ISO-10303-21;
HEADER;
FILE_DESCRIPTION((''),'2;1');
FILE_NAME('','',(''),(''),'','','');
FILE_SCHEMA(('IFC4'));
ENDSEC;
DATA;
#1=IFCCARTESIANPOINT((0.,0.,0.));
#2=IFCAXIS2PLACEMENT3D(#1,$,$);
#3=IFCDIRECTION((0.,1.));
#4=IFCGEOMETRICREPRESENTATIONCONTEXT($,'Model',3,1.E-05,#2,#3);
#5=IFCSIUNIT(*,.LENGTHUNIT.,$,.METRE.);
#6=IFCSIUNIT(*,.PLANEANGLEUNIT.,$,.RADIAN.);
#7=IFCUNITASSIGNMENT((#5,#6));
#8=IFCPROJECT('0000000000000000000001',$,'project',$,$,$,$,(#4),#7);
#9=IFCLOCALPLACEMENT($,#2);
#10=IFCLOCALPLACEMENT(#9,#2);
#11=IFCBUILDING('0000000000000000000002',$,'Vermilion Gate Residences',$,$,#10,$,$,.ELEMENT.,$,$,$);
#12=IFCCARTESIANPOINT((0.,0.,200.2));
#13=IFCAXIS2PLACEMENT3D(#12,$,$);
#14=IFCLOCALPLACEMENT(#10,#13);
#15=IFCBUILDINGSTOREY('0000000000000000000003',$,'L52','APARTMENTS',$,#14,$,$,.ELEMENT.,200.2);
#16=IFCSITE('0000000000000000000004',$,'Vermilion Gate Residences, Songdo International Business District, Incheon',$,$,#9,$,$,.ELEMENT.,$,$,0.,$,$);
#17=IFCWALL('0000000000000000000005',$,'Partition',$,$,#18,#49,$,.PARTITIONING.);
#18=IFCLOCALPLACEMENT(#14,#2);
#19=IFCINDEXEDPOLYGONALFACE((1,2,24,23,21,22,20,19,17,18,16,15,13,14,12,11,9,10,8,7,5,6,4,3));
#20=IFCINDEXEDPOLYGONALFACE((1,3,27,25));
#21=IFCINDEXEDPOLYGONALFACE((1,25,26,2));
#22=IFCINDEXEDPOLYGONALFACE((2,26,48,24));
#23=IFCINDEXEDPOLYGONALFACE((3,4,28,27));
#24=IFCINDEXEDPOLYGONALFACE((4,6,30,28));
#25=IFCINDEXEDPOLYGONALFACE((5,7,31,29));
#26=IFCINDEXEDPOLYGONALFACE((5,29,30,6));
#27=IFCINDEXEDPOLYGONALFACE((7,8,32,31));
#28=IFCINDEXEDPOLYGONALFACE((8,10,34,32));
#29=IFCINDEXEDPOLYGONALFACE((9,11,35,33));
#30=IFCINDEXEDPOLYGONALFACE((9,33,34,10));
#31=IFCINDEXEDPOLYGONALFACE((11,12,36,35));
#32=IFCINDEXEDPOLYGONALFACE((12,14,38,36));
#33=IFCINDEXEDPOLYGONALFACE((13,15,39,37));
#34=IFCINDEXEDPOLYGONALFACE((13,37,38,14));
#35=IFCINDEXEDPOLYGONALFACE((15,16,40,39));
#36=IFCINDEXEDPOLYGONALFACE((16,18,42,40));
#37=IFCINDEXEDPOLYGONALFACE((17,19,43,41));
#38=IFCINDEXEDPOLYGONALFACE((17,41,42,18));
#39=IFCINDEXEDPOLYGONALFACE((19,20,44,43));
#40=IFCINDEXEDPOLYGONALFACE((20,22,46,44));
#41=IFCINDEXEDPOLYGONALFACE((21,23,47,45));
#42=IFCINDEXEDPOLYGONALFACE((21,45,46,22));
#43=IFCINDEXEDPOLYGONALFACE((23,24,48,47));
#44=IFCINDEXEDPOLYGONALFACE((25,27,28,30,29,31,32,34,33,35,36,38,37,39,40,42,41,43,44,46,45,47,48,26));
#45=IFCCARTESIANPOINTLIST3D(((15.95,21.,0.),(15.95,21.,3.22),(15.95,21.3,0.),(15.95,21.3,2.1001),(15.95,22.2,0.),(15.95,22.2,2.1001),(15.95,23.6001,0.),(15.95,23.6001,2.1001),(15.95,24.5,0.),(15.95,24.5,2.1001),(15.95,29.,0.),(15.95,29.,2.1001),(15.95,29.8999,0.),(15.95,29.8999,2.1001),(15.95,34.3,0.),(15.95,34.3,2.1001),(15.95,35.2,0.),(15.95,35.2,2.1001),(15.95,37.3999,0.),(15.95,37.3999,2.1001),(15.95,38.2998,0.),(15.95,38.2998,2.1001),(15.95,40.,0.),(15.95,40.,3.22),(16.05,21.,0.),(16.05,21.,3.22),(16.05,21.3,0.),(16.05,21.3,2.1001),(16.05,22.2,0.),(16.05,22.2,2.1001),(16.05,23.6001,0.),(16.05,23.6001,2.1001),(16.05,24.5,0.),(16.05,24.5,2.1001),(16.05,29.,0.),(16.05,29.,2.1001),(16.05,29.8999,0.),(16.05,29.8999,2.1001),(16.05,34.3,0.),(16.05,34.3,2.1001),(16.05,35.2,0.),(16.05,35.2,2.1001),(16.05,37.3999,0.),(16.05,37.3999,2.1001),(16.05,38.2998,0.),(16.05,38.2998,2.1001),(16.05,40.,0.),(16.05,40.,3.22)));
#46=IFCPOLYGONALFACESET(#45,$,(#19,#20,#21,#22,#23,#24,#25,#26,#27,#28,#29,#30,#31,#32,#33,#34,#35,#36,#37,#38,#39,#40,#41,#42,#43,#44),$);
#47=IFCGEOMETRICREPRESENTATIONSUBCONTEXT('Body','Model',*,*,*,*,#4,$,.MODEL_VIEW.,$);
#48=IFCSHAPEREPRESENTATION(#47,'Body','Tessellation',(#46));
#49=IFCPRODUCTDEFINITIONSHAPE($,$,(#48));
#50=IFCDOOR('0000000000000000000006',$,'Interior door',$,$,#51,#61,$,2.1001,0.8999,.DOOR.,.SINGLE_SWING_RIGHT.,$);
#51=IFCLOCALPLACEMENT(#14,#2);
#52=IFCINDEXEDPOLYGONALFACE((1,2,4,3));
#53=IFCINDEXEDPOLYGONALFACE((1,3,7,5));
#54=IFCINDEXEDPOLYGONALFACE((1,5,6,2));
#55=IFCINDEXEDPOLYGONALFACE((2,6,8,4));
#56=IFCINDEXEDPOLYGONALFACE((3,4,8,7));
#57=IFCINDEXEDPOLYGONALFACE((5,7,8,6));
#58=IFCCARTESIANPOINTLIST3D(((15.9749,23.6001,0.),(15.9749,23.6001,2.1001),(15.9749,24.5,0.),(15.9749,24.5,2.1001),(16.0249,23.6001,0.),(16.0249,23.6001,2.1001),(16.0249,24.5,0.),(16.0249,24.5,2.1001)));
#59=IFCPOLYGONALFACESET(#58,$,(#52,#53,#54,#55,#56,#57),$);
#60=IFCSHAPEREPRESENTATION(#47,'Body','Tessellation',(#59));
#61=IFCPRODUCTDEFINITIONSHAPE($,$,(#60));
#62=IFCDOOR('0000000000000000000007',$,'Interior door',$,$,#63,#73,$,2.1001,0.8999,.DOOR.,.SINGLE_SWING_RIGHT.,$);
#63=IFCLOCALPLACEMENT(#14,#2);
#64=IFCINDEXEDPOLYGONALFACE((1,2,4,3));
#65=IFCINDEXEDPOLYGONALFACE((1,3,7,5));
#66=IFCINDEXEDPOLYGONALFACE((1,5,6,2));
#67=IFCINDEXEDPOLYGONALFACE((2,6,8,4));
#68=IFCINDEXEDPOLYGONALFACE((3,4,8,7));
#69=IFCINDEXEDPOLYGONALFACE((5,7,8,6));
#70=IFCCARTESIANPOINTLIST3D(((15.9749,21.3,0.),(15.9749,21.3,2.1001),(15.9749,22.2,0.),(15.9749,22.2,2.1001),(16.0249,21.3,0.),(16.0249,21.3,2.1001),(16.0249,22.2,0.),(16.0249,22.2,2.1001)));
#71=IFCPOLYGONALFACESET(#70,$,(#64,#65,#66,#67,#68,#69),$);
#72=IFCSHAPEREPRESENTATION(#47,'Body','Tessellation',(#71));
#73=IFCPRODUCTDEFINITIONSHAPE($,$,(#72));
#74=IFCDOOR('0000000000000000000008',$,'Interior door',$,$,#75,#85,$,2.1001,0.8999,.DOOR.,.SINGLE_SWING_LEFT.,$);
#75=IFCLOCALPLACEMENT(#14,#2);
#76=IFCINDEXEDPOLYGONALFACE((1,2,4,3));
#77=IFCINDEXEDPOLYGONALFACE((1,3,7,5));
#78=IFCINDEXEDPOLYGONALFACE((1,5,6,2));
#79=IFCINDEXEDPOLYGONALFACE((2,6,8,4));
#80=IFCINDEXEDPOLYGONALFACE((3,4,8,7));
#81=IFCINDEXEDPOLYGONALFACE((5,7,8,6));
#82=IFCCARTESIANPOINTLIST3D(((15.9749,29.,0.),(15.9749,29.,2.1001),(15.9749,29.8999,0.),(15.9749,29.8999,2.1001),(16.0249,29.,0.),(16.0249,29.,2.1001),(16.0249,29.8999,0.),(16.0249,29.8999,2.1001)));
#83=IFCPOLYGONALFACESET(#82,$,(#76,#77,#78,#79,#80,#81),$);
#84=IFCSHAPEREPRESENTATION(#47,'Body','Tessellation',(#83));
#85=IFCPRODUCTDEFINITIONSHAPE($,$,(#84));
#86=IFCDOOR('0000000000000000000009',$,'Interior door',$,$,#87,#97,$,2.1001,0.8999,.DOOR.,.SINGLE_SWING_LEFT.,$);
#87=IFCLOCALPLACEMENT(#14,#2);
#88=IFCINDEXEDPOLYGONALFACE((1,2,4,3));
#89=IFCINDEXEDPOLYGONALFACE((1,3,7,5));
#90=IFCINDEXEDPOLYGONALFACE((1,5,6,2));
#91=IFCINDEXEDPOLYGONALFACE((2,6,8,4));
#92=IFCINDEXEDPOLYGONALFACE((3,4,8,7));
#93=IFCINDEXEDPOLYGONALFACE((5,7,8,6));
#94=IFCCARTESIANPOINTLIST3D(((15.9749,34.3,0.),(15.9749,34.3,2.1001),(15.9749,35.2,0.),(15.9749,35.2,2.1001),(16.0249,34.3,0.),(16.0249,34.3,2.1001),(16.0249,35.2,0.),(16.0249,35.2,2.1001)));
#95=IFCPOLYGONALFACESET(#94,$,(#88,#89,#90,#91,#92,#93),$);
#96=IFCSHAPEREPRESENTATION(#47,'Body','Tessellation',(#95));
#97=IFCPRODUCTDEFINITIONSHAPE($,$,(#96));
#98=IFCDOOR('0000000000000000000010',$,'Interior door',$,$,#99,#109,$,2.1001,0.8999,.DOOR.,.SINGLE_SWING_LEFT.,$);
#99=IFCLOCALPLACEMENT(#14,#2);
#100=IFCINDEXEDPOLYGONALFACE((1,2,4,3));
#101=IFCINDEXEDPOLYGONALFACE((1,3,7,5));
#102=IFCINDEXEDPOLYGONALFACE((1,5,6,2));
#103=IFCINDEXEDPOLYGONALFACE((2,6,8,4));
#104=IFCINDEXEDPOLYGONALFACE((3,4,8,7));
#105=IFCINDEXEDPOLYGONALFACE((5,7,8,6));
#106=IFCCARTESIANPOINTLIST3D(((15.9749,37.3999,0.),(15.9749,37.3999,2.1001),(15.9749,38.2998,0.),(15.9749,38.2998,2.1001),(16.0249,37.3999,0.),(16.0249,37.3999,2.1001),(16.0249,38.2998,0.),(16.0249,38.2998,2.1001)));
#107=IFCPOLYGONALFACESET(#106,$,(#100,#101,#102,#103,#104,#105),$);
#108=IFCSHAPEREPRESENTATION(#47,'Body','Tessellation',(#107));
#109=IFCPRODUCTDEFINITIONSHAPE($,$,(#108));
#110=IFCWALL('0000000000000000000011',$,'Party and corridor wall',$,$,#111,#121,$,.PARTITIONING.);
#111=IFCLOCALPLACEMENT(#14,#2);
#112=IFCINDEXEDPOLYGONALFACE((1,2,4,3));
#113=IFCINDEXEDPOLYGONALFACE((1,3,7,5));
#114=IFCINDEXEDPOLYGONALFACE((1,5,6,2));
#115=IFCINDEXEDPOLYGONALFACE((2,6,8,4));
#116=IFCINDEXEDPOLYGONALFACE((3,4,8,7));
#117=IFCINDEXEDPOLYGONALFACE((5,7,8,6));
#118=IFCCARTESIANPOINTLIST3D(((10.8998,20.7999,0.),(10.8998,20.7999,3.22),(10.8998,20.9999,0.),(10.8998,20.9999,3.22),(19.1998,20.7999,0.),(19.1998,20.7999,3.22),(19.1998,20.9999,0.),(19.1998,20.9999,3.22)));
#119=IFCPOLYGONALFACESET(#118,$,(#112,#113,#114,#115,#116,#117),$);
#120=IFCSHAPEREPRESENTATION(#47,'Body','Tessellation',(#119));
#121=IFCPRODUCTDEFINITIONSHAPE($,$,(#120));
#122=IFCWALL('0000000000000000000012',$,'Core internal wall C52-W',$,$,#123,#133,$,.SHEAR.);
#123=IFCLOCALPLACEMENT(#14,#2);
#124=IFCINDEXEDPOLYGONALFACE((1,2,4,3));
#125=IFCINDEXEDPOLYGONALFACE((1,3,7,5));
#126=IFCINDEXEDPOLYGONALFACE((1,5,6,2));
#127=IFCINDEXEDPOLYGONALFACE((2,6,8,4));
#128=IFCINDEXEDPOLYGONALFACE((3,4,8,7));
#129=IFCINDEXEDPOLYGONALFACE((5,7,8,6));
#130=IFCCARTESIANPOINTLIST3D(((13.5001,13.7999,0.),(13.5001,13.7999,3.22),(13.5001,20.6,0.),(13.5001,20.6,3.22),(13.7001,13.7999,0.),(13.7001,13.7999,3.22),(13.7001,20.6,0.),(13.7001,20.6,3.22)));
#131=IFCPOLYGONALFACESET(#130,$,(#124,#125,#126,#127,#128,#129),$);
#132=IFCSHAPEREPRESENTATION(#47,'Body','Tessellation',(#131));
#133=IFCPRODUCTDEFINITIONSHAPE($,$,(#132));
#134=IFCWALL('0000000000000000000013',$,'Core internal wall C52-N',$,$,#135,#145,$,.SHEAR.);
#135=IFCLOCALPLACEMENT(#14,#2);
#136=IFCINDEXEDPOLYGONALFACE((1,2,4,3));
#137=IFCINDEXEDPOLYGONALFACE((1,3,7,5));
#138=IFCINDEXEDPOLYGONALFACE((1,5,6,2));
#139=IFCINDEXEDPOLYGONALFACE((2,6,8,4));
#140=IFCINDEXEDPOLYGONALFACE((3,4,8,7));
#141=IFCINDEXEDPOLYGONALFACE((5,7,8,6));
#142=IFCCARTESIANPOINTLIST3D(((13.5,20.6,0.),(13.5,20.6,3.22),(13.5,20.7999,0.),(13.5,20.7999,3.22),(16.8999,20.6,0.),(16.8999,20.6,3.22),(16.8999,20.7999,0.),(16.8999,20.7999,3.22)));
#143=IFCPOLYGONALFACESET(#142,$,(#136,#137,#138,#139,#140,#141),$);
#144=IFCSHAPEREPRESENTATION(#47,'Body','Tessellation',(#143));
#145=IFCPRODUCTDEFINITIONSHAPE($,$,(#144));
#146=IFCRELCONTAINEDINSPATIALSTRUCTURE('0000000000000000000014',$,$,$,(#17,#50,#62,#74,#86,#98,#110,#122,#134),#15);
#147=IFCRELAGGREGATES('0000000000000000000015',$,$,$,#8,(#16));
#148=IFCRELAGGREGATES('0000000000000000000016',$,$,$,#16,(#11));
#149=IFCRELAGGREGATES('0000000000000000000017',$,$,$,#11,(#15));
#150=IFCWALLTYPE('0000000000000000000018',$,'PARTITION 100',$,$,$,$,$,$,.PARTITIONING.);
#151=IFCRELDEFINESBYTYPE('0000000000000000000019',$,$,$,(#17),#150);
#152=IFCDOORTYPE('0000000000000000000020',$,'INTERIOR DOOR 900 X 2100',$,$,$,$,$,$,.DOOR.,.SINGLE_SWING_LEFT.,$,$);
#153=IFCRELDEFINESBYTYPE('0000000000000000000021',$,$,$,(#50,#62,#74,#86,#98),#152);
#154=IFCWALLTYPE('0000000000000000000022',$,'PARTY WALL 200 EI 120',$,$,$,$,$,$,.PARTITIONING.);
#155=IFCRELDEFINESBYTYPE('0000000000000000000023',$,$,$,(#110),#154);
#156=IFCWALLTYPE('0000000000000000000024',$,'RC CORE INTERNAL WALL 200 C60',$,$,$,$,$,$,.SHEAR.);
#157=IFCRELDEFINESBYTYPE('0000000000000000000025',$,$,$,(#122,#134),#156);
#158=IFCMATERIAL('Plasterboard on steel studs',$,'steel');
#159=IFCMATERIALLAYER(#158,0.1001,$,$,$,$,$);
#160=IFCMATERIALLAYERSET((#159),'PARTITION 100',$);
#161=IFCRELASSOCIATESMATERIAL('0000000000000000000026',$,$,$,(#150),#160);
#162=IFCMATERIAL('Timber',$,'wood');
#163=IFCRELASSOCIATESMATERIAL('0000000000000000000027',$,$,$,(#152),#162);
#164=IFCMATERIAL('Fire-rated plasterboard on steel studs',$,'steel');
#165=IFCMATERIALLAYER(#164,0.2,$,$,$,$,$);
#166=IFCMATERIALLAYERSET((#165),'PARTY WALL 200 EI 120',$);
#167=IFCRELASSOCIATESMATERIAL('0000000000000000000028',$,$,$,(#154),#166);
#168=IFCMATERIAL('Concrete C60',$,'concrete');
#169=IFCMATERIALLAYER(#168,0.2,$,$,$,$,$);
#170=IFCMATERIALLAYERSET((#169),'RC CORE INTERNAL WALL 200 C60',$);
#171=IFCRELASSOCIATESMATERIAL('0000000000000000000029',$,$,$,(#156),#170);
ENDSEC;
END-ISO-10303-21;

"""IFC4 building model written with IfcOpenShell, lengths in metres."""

from ifc_helpers import new_model, si_unit, direction, frame, frame_2d, origin, place, context, subcontext, project, spatial, rectangle, extrude, material, layer, layer_set, type_object, element, fill, save


model = new_model("IFC4")

# Units and contexts
model_context = context("Model", 3, precision=1e-05, world=origin(), true_north=direction((0.0, 1.0)))
body_context = subcontext(model_context, "Body", "Model", "MODEL_VIEW")
ifc_project = project(units=[si_unit("LENGTHUNIT", "METRE"), si_unit("PLANEANGLEUNIT", "RADIAN")], contexts=[model_context])

# Site, building, storey
site_placement = place(None, origin())
site = spatial("IfcSite", under=ifc_project, at=site_placement, Name="Vermilion Gate Residences, Songdo International Business District, Incheon", CompositionType="ELEMENT", RefElevation=0.0)
building_placement = place(site_placement, origin())
building = spatial("IfcBuilding", under=site, at=building_placement, Name="Vermilion Gate Residences", CompositionType="ELEMENT")
storey_placement = place(building_placement, frame((0.0, 0.0, 200.2)))
storey = spatial("IfcBuildingStorey", under=building, at=storey_placement, Name="L52", Description="APARTMENTS", CompositionType="ELEMENT", Elevation=200.2)

# Wall, openings, doors
ifc_material_1 = material(Name="Plasterboard on steel studs", Category="steel")
ifc_layer_1 = layer(ifc_material_1, 0.1001)
ifc_layer_set_1 = layer_set([ifc_layer_1], Name="PARTITION 100")
wall_type_1 = type_object("IfcWallType", Name="PARTITION 100", PredefinedType="PARTITIONING", material=ifc_layer_set_1)
ifc_material_2 = material(Name="Timber", Category="wood")
door_type_1 = type_object("IfcDoorType", Name="INTERIOR DOOR 900 X 2100", OperationType="SINGLE_SWING_LEFT", PredefinedType="DOOR", material=ifc_material_2)
wall_1_placement = place(storey_placement, frame((16.0, 21.0, 0.0), z_axis=(0.0, 0.0, 1.0), x_axis=(0.0, 1.0, 0.0)))
wall_1 = element("IfcWall", 1, at=wall_1_placement, inside=storey, type_object=wall_type_1, Name="Partition", PredefinedType="PARTITIONING", context=body_context, shape_type="SweptSolid", body=[
    extrude(rectangle(XDim=19.0, YDim=0.1001, at=frame_2d((9.5, 0.0))), origin(), (0.0, 0.0, 1.0), 3.22),
])
opening_1_placement = place(wall_1_placement, frame((2.6001, 0.0, 0.0)))
opening_1 = element("IfcOpeningElement", 2, at=opening_1_placement, cuts=wall_1, PredefinedType="OPENING", context=body_context, shape_type="SweptSolid", body=[
    extrude(rectangle(XDim=0.8999, YDim=2.1001, at=frame_2d((0.45, 1.05))), frame((0.0, 0.0601, 0.0), z_axis=(0.0, -1.0, 0.0), x_axis=(1.0, 0.0, 0.0)), (0.0, 0.0, 1.0), 0.1201),
])
opening_2_placement = place(wall_1_placement, frame((0.3, 0.0, 0.0)))
opening_2 = element("IfcOpeningElement", 3, at=opening_2_placement, cuts=wall_1, PredefinedType="OPENING", context=body_context, shape_type="SweptSolid", body=[
    extrude(rectangle(XDim=0.8999, YDim=2.1001, at=frame_2d((0.45, 1.05))), frame((0.0, 0.0601, 0.0), z_axis=(0.0, -1.0, 0.0), x_axis=(1.0, 0.0, 0.0)), (0.0, 0.0, 1.0), 0.1201),
])
opening_3_placement = place(wall_1_placement, frame((8.0, 0.0, 0.0)))
opening_3 = element("IfcOpeningElement", 4, at=opening_3_placement, cuts=wall_1, PredefinedType="OPENING", context=body_context, shape_type="SweptSolid", body=[
    extrude(rectangle(XDim=0.8999, YDim=2.1001, at=frame_2d((0.45, 1.05))), frame((0.0, 0.0601, 0.0), z_axis=(0.0, -1.0, 0.0), x_axis=(1.0, 0.0, 0.0)), (0.0, 0.0, 1.0), 0.1201),
])
opening_4_placement = place(wall_1_placement, frame((13.3, 0.0, 0.0)))
opening_4 = element("IfcOpeningElement", 5, at=opening_4_placement, cuts=wall_1, PredefinedType="OPENING", context=body_context, shape_type="SweptSolid", body=[
    extrude(rectangle(XDim=0.8999, YDim=2.1001, at=frame_2d((0.45, 1.05))), frame((0.0, 0.0601, 0.0), z_axis=(0.0, -1.0, 0.0), x_axis=(1.0, 0.0, 0.0)), (0.0, 0.0, 1.0), 0.1201),
])
opening_5_placement = place(wall_1_placement, frame((16.3999, 0.0, 0.0)))
opening_5 = element("IfcOpeningElement", 6, at=opening_5_placement, cuts=wall_1, PredefinedType="OPENING", context=body_context, shape_type="SweptSolid", body=[
    extrude(rectangle(XDim=0.8999, YDim=2.1001, at=frame_2d((0.45, 1.05))), frame((0.0, 0.0601, 0.0), z_axis=(0.0, -1.0, 0.0), x_axis=(1.0, 0.0, 0.0)), (0.0, 0.0, 1.0), 0.1201),
])
door_1_placement = place(opening_1_placement, frame((0.8999, 0.0, 0.0), z_axis=(0.0, 0.0, 1.0), x_axis=(-1.0, 0.0, 0.0)))
door_1 = element("IfcDoor", 7, at=door_1_placement, inside=storey, type_object=door_type_1, Name="Interior door", OperationType="SINGLE_SWING_RIGHT", OverallHeight=2.1001, OverallWidth=0.8999, PredefinedType="DOOR", context=body_context, shape_type="SweptSolid", body=[
    extrude(rectangle(XDim=0.8999, YDim=2.1001, at=frame_2d((0.45, 1.05))), frame((0.0, 0.0249, 0.0), z_axis=(0.0, -1.0, 0.0), x_axis=(1.0, 0.0, 0.0)), (0.0, 0.0, 1.0), 0.05),
])
fill(opening_1, door_1)
door_2_placement = place(opening_2_placement, frame((0.8999, 0.0, 0.0), z_axis=(0.0, 0.0, 1.0), x_axis=(-1.0, 0.0, 0.0)))
door_2 = element("IfcDoor", 8, at=door_2_placement, inside=storey, type_object=door_type_1, Name="Interior door", OperationType="SINGLE_SWING_RIGHT", OverallHeight=2.1001, OverallWidth=0.8999, PredefinedType="DOOR", context=body_context, shape_type="SweptSolid", body=[
    extrude(rectangle(XDim=0.8999, YDim=2.1001, at=frame_2d((0.45, 1.05))), frame((0.0, 0.0249, 0.0), z_axis=(0.0, -1.0, 0.0), x_axis=(1.0, 0.0, 0.0)), (0.0, 0.0, 1.0), 0.05),
])
fill(opening_2, door_2)
door_3_placement = place(opening_3_placement, frame((0.8999, 0.0, 0.0), z_axis=(0.0, 0.0, 1.0), x_axis=(-1.0, 0.0, 0.0)))
door_3 = element("IfcDoor", 9, at=door_3_placement, inside=storey, type_object=door_type_1, Name="Interior door", OperationType="SINGLE_SWING_LEFT", OverallHeight=2.1001, OverallWidth=0.8999, PredefinedType="DOOR", context=body_context, shape_type="SweptSolid", body=[
    extrude(rectangle(XDim=0.8999, YDim=2.1001, at=frame_2d((0.45, 1.05))), frame((0.0, 0.0249, 0.0), z_axis=(0.0, -1.0, 0.0), x_axis=(1.0, 0.0, 0.0)), (0.0, 0.0, 1.0), 0.05),
])
fill(opening_3, door_3)
door_4_placement = place(opening_4_placement, frame((0.8999, 0.0, 0.0), z_axis=(0.0, 0.0, 1.0), x_axis=(-1.0, 0.0, 0.0)))
door_4 = element("IfcDoor", 10, at=door_4_placement, inside=storey, type_object=door_type_1, Name="Interior door", OperationType="SINGLE_SWING_LEFT", OverallHeight=2.1001, OverallWidth=0.8999, PredefinedType="DOOR", context=body_context, shape_type="SweptSolid", body=[
    extrude(rectangle(XDim=0.8999, YDim=2.1001, at=frame_2d((0.45, 1.05))), frame((0.0, 0.0249, 0.0), z_axis=(0.0, -1.0, 0.0), x_axis=(1.0, 0.0, 0.0)), (0.0, 0.0, 1.0), 0.05),
])
fill(opening_4, door_4)
door_5_placement = place(opening_5_placement, frame((0.8999, 0.0, 0.0), z_axis=(0.0, 0.0, 1.0), x_axis=(-1.0, 0.0, 0.0)))
door_5 = element("IfcDoor", 11, at=door_5_placement, inside=storey, type_object=door_type_1, Name="Interior door", OperationType="SINGLE_SWING_LEFT", OverallHeight=2.1001, OverallWidth=0.8999, PredefinedType="DOOR", context=body_context, shape_type="SweptSolid", body=[
    extrude(rectangle(XDim=0.8999, YDim=2.1001, at=frame_2d((0.45, 1.05))), frame((0.0, 0.0249, 0.0), z_axis=(0.0, -1.0, 0.0), x_axis=(1.0, 0.0, 0.0)), (0.0, 0.0, 1.0), 0.05),
])
fill(opening_5, door_5)

# Walls
ifc_material_3 = material(Name="Fire-rated plasterboard on steel studs", Category="steel")
ifc_layer_2 = layer(ifc_material_3, 0.2)
ifc_layer_set_2 = layer_set([ifc_layer_2], Name="PARTY WALL 200 EI 120")
wall_type_2 = type_object("IfcWallType", Name="PARTY WALL 200 EI 120", PredefinedType="PARTITIONING", material=ifc_layer_set_2)
wall_2_placement = place(storey_placement, frame((10.8999, 20.8999, 0.0), z_axis=(0.0, 0.0, 1.0), x_axis=(1.0, 0.0, 0.0)))
element("IfcWall", 12, at=wall_2_placement, inside=storey, type_object=wall_type_2, Name="Party and corridor wall", PredefinedType="PARTITIONING", context=body_context, shape_type="SweptSolid", body=[
    extrude(rectangle(XDim=8.3, YDim=0.2, at=frame_2d((4.1499, 0.0))), origin(), (0.0, 0.0, 1.0), 3.22),
])
ifc_material_4 = material(Name="Concrete C60", Category="concrete")
ifc_layer_3 = layer(ifc_material_4, 0.2)
ifc_layer_set_3 = layer_set([ifc_layer_3], Name="RC CORE INTERNAL WALL 200 C60")
wall_type_3 = type_object("IfcWallType", Name="RC CORE INTERNAL WALL 200 C60", PredefinedType="SHEAR", material=ifc_layer_set_3)
wall_3_placement = place(storey_placement, frame((13.6001, 13.8, 0.0), z_axis=(0.0, 0.0, 1.0), x_axis=(0.0, 1.0, 0.0)))
element("IfcWall", 13, at=wall_3_placement, inside=storey, type_object=wall_type_3, Name="Core internal wall C52-W", PredefinedType="SHEAR", context=body_context, shape_type="SweptSolid", body=[
    extrude(rectangle(XDim=6.8, YDim=0.2, at=frame_2d((3.3999, 0.0))), origin(), (0.0, 0.0, 1.0), 3.22),
])
wall_4_placement = place(storey_placement, frame((13.5, 20.7, 0.0), z_axis=(0.0, 0.0, 1.0), x_axis=(1.0, 0.0, 0.0)))
element("IfcWall", 14, at=wall_4_placement, inside=storey, type_object=wall_type_3, Name="Core internal wall C52-N", PredefinedType="SHEAR", context=body_context, shape_type="SweptSolid", body=[
    extrude(rectangle(XDim=3.3999, YDim=0.2, at=frame_2d((1.7, 0.0))), origin(), (0.0, 0.0, 1.0), 3.22),
])

save(model, "model.ifc")
